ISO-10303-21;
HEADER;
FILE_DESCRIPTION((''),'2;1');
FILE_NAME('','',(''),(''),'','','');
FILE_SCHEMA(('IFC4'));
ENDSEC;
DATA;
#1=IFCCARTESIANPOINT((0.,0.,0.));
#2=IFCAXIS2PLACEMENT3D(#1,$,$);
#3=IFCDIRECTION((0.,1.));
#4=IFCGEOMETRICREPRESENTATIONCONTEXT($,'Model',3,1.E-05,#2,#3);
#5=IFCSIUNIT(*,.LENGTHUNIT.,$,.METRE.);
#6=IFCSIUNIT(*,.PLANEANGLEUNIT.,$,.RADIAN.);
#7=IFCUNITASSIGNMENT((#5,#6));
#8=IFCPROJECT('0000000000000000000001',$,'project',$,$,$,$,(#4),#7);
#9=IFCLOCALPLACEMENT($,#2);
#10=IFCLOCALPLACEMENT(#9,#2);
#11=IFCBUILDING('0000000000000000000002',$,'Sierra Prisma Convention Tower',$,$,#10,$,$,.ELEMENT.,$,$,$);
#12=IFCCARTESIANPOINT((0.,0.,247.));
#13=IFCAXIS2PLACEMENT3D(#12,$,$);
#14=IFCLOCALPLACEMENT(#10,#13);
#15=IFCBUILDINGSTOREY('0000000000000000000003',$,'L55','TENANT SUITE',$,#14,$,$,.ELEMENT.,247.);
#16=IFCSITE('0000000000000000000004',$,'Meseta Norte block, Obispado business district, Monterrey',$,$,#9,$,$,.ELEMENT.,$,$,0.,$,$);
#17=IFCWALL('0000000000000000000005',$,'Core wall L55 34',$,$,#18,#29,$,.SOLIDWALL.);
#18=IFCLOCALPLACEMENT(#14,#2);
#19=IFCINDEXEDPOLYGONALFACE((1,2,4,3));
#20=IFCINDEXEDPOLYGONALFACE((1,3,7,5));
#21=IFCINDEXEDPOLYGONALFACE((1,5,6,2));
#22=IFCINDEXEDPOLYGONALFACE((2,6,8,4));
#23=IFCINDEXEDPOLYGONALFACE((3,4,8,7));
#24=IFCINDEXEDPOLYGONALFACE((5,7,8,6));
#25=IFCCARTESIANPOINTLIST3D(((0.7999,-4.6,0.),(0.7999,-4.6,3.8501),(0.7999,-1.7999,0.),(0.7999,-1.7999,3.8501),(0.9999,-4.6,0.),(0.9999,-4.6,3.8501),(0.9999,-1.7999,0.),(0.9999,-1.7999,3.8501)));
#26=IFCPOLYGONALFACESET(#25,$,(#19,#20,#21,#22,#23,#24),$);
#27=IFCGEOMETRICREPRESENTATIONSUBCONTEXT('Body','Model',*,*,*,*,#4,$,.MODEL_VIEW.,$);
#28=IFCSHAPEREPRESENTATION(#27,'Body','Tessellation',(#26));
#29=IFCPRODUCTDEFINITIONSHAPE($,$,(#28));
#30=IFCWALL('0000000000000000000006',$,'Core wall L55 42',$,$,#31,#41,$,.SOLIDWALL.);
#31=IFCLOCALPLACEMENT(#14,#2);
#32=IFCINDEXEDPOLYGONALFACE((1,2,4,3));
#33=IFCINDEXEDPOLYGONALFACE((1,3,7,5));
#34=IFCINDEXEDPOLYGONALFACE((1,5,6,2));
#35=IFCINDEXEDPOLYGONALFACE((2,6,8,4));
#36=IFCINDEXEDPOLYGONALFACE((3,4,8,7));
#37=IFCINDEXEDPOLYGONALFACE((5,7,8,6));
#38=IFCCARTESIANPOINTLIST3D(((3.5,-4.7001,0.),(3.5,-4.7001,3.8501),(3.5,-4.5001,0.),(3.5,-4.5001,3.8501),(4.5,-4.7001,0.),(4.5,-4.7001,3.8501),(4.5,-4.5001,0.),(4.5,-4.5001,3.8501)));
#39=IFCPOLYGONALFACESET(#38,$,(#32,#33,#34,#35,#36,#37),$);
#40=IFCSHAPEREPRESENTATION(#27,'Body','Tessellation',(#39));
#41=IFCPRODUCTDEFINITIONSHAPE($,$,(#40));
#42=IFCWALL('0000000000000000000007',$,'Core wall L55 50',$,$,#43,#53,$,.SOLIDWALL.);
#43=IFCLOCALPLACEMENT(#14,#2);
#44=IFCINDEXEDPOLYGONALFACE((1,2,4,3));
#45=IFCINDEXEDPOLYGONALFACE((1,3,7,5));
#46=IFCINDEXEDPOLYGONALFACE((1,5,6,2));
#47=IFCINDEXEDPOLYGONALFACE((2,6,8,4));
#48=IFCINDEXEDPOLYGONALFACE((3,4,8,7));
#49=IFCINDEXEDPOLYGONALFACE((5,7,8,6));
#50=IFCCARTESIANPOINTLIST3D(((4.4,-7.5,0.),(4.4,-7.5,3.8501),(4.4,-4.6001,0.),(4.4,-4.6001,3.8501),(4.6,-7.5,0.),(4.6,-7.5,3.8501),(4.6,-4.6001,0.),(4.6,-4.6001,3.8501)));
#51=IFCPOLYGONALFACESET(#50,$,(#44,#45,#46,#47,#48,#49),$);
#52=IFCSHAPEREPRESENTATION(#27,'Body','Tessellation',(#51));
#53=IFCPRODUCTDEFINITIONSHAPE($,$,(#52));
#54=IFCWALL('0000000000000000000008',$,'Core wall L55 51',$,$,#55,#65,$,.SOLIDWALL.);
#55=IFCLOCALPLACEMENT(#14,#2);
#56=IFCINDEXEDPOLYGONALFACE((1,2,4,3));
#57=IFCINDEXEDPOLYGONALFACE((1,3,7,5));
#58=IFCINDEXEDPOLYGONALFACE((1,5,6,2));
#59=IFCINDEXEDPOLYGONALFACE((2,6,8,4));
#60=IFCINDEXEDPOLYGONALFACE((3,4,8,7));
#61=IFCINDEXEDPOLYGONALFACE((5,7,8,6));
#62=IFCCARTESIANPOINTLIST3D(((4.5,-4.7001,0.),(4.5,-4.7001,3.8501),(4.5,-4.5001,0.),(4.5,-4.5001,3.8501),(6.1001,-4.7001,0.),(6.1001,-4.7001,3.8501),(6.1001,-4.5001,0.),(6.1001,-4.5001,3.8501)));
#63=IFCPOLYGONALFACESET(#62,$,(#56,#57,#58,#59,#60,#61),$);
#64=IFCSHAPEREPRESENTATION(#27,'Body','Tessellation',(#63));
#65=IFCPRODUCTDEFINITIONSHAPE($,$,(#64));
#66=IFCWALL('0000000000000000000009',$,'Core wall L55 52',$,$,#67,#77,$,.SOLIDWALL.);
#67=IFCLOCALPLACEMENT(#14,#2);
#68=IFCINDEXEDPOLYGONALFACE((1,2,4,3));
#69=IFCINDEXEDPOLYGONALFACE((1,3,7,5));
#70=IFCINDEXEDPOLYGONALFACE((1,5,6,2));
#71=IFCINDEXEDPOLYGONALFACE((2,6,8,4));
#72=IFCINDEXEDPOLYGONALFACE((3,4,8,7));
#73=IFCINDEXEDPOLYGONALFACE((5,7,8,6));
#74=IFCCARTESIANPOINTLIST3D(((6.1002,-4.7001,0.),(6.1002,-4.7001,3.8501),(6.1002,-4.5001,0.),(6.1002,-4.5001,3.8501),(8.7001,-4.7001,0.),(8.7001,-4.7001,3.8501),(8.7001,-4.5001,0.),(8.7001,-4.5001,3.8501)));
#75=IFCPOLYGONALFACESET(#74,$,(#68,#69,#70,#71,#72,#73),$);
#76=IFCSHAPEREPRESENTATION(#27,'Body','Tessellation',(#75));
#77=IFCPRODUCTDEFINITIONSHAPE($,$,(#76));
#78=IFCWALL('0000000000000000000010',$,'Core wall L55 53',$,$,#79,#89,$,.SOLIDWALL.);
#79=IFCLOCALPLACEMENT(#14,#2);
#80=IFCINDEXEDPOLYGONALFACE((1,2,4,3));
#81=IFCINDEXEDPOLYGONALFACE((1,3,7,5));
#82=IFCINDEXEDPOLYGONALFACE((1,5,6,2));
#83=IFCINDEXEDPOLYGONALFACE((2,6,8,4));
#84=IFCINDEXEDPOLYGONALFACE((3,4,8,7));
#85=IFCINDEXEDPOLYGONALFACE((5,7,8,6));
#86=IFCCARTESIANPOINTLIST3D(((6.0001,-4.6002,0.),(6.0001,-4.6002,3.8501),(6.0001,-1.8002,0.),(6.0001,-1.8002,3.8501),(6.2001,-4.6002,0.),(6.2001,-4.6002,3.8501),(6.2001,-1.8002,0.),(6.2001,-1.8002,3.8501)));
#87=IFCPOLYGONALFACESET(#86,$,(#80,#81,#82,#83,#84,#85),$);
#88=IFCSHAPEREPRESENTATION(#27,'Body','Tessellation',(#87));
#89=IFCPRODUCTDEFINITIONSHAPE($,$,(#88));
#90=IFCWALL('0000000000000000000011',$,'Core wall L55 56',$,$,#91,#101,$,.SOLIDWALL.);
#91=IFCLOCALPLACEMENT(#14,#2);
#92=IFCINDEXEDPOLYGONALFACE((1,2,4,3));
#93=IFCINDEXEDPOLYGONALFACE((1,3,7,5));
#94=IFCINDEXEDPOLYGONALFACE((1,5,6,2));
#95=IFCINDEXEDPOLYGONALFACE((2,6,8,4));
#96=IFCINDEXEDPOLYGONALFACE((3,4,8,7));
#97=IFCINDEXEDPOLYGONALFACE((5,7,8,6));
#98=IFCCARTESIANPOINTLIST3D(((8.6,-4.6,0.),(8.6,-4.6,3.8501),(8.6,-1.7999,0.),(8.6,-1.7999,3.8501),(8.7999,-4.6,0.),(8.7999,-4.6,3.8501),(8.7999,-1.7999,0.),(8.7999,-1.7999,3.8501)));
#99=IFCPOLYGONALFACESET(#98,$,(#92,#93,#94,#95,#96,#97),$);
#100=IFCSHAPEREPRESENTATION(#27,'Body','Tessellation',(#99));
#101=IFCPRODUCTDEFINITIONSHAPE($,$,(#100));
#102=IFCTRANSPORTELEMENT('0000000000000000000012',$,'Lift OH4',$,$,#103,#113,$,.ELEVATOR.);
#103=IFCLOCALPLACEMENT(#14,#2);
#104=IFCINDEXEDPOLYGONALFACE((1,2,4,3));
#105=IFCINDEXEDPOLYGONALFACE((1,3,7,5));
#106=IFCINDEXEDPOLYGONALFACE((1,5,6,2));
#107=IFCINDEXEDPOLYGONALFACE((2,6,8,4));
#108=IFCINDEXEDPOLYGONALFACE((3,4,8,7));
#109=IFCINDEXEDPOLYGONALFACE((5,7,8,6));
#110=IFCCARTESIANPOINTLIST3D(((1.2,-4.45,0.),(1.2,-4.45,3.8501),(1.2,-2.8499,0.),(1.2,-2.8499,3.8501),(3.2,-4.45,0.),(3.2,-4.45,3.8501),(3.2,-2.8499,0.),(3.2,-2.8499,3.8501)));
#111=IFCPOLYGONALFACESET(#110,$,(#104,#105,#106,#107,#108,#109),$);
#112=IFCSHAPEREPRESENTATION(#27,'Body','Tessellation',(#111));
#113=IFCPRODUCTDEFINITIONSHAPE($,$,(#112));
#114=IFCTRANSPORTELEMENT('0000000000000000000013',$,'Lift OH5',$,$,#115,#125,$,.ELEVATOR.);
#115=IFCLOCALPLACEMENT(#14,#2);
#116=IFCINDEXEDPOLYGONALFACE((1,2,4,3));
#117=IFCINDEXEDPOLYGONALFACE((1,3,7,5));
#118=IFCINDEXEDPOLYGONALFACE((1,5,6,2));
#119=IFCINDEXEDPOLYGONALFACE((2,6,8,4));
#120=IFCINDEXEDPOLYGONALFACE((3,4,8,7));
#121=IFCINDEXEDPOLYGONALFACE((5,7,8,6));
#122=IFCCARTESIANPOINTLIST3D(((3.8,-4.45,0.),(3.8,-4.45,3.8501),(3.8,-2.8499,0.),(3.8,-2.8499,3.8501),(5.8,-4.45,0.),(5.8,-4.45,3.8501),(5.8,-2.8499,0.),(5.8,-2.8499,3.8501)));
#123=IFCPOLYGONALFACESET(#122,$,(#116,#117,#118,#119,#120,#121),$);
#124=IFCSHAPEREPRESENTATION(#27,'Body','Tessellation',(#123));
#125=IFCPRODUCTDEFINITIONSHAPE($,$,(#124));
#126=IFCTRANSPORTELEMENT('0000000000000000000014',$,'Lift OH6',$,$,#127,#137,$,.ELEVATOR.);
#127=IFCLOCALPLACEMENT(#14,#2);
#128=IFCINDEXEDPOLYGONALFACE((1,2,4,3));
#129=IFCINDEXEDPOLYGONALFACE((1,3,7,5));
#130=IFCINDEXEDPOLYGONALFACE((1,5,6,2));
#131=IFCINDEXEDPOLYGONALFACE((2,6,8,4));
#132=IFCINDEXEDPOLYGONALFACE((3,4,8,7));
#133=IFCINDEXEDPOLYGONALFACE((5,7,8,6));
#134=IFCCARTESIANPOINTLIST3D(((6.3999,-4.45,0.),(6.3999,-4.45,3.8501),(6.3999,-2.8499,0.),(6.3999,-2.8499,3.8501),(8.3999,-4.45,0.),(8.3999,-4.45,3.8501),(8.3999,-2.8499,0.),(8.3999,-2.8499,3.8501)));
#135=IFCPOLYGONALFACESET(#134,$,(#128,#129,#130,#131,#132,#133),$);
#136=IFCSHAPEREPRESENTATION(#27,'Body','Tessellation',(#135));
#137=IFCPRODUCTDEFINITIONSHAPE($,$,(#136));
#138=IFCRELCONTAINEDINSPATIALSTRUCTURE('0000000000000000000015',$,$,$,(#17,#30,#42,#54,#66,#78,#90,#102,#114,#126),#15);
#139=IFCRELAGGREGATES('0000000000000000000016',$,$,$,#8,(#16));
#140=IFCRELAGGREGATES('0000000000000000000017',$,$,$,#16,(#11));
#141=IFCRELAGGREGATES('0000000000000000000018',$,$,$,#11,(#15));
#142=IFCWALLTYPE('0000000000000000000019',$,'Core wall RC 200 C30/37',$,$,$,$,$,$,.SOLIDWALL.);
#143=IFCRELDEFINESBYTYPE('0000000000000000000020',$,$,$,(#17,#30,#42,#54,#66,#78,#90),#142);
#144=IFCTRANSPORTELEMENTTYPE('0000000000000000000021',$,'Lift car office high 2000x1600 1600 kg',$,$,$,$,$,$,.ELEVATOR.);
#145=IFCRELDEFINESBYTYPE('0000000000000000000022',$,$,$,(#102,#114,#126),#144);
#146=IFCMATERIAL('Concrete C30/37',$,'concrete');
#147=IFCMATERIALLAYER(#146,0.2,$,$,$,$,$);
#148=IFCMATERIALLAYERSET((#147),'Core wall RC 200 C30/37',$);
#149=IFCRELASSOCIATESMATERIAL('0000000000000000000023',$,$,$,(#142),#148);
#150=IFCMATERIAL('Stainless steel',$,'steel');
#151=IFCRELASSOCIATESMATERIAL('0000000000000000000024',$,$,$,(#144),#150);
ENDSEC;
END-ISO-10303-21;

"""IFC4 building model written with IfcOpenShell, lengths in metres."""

from ifc_helpers import new_model, si_unit, direction, frame, frame_2d, origin, origin_2d, place, context, subcontext, project, spatial, rectangle, extrude, material, layer, layer_set, type_object, element, save


model = new_model("IFC4")

# Units and contexts
model_context = context("Model", 3, precision=1e-05, world=origin(), true_north=direction((0.0, 1.0)))
body_context = subcontext(model_context, "Body", "Model", "MODEL_VIEW")
ifc_project = project(units=[si_unit("LENGTHUNIT", "METRE"), si_unit("PLANEANGLEUNIT", "RADIAN")], contexts=[model_context])

# Site, building, storey
site_placement = place(None, origin())
site = spatial("IfcSite", under=ifc_project, at=site_placement, Name="Meseta Norte block, Obispado business district, Monterrey", CompositionType="ELEMENT", RefElevation=0.0)
building_placement = place(site_placement, origin())
building = spatial("IfcBuilding", under=site, at=building_placement, Name="Sierra Prisma Convention Tower", CompositionType="ELEMENT")
storey_placement = place(building_placement, frame((0.0, 0.0, 247.0)))
storey = spatial("IfcBuildingStorey", under=building, at=storey_placement, Name="L55", Description="TENANT SUITE", CompositionType="ELEMENT", Elevation=247.0)

# Shared definitions
ifc_material_1 = material(Name="Concrete C30/37", Category="concrete")
ifc_layer = layer(ifc_material_1, 0.2)
ifc_layer_set = layer_set([ifc_layer], Name="Core wall RC 200 C30/37")
wall_type = type_object("IfcWallType", Name="Core wall RC 200 C30/37", PredefinedType="SOLIDWALL", material=ifc_layer_set)

# Walls
wall_1_placement = place(storey_placement, frame((0.8999, -1.8, 0.0), z_axis=(0.0, 0.0, 1.0), x_axis=(0.0, -1.0, 0.0)))
element("IfcWall", 1, at=wall_1_placement, inside=storey, type_object=wall_type, Name="Core wall L55 34", PredefinedType="SOLIDWALL", context=body_context, shape_type="SweptSolid", body=[
    extrude(rectangle(XDim=2.8, YDim=0.2, at=frame_2d((1.3999, 0.0))), origin(), (0.0, 0.0, 1.0), 3.8501),
])
wall_2_placement = place(storey_placement, frame((4.5, -4.6001, 0.0), z_axis=(0.0, 0.0, 1.0), x_axis=(-1.0, 0.0, 0.0)))
element("IfcWall", 2, at=wall_2_placement, inside=storey, type_object=wall_type, Name="Core wall L55 42", PredefinedType="SOLIDWALL", context=body_context, shape_type="SweptSolid", body=[
    extrude(rectangle(XDim=1.0, YDim=0.2, at=frame_2d((0.5, 0.0))), origin(), (0.0, 0.0, 1.0), 3.8501),
])

# Walls
wall_3_placement = place(storey_placement, frame((4.5, -4.6001, 0.0), z_axis=(0.0, 0.0, 1.0), x_axis=(0.0, -1.0, 0.0)))
element("IfcWall", 3, at=wall_3_placement, inside=storey, type_object=wall_type, Name="Core wall L55 50", PredefinedType="SOLIDWALL", context=body_context, shape_type="SweptSolid", body=[
    extrude(rectangle(XDim=2.8999, YDim=0.2, at=frame_2d((1.45, 0.0))), origin(), (0.0, 0.0, 1.0), 3.8501),
])
wall_4_placement = place(storey_placement, frame((6.1001, -4.6001, 0.0), z_axis=(0.0, 0.0, 1.0), x_axis=(-1.0, 0.0, 0.0)))
element("IfcWall", 4, at=wall_4_placement, inside=storey, type_object=wall_type, Name="Core wall L55 51", PredefinedType="SOLIDWALL", context=body_context, shape_type="SweptSolid", body=[
    extrude(rectangle(XDim=1.6001, YDim=0.2, at=frame_2d((0.8, 0.0))), origin(), (0.0, 0.0, 1.0), 3.8501),
])
wall_5_placement = place(storey_placement, frame((8.7, -4.6001, 0.0), z_axis=(0.0, 0.0, 1.0), x_axis=(-1.0, 0.0, 0.0)))
element("IfcWall", 5, at=wall_5_placement, inside=storey, type_object=wall_type, Name="Core wall L55 52", PredefinedType="SOLIDWALL", context=body_context, shape_type="SweptSolid", body=[
    extrude(rectangle(XDim=2.5999, YDim=0.2, at=frame_2d((1.2998, 0.0))), origin(), (0.0, 0.0, 1.0), 3.8501),
])
wall_6_placement = place(storey_placement, frame((6.1001, -4.6001, 0.0), z_axis=(0.0, 0.0, 1.0), x_axis=(0.0, 1.0, 0.0)))
element("IfcWall", 6, at=wall_6_placement, inside=storey, type_object=wall_type, Name="Core wall L55 53", PredefinedType="SOLIDWALL", context=body_context, shape_type="SweptSolid", body=[
    extrude(rectangle(XDim=2.8, YDim=0.2, at=frame_2d((1.3999, 0.0))), origin(), (0.0, 0.0, 1.0), 3.8501),
])

# Wall
wall_7_placement = place(storey_placement, frame((8.7, -1.8, 0.0), z_axis=(0.0, 0.0, 1.0), x_axis=(0.0, -1.0, 0.0)))
element("IfcWall", 7, at=wall_7_placement, inside=storey, type_object=wall_type, Name="Core wall L55 56", PredefinedType="SOLIDWALL", context=body_context, shape_type="SweptSolid", body=[
    extrude(rectangle(XDim=2.8, YDim=0.2, at=frame_2d((1.3999, 0.0))), origin(), (0.0, 0.0, 1.0), 3.8501),
])

# Transport elements
ifc_material_2 = material(Name="Stainless steel", Category="steel")
transport_element_type = type_object("IfcTransportElementType", Name="Lift car office high 2000x1600 1600 kg", PredefinedType="ELEVATOR", material=ifc_material_2)
for number, where, z_axis, x_axis, name in (
    (8, (2.2, -3.6499, 0.0), (0.0, 0.0, 1.0), (1.0, 0.0, 0.0), "Lift OH4"),
    (9, (4.8, -3.6499, 0.0), (0.0, 0.0, 1.0), (1.0, 0.0, 0.0), "Lift OH5"),
    (10, (7.3999, -3.6499, 0.0), (0.0, 0.0, 1.0), (1.0, 0.0, 0.0), "Lift OH6"),
):
    element("IfcTransportElement", number, at=place(storey_placement, frame(where, z_axis=z_axis, x_axis=x_axis)), inside=storey, type_object=transport_element_type, Name=name, PredefinedType="ELEVATOR", context=body_context, shape_type="SweptSolid", body=[
        extrude(rectangle(XDim=2.0, YDim=1.6001, at=origin_2d()), origin(), (0.0, 0.0, 1.0), 3.8501),
    ])

save(model, "model.ifc")
